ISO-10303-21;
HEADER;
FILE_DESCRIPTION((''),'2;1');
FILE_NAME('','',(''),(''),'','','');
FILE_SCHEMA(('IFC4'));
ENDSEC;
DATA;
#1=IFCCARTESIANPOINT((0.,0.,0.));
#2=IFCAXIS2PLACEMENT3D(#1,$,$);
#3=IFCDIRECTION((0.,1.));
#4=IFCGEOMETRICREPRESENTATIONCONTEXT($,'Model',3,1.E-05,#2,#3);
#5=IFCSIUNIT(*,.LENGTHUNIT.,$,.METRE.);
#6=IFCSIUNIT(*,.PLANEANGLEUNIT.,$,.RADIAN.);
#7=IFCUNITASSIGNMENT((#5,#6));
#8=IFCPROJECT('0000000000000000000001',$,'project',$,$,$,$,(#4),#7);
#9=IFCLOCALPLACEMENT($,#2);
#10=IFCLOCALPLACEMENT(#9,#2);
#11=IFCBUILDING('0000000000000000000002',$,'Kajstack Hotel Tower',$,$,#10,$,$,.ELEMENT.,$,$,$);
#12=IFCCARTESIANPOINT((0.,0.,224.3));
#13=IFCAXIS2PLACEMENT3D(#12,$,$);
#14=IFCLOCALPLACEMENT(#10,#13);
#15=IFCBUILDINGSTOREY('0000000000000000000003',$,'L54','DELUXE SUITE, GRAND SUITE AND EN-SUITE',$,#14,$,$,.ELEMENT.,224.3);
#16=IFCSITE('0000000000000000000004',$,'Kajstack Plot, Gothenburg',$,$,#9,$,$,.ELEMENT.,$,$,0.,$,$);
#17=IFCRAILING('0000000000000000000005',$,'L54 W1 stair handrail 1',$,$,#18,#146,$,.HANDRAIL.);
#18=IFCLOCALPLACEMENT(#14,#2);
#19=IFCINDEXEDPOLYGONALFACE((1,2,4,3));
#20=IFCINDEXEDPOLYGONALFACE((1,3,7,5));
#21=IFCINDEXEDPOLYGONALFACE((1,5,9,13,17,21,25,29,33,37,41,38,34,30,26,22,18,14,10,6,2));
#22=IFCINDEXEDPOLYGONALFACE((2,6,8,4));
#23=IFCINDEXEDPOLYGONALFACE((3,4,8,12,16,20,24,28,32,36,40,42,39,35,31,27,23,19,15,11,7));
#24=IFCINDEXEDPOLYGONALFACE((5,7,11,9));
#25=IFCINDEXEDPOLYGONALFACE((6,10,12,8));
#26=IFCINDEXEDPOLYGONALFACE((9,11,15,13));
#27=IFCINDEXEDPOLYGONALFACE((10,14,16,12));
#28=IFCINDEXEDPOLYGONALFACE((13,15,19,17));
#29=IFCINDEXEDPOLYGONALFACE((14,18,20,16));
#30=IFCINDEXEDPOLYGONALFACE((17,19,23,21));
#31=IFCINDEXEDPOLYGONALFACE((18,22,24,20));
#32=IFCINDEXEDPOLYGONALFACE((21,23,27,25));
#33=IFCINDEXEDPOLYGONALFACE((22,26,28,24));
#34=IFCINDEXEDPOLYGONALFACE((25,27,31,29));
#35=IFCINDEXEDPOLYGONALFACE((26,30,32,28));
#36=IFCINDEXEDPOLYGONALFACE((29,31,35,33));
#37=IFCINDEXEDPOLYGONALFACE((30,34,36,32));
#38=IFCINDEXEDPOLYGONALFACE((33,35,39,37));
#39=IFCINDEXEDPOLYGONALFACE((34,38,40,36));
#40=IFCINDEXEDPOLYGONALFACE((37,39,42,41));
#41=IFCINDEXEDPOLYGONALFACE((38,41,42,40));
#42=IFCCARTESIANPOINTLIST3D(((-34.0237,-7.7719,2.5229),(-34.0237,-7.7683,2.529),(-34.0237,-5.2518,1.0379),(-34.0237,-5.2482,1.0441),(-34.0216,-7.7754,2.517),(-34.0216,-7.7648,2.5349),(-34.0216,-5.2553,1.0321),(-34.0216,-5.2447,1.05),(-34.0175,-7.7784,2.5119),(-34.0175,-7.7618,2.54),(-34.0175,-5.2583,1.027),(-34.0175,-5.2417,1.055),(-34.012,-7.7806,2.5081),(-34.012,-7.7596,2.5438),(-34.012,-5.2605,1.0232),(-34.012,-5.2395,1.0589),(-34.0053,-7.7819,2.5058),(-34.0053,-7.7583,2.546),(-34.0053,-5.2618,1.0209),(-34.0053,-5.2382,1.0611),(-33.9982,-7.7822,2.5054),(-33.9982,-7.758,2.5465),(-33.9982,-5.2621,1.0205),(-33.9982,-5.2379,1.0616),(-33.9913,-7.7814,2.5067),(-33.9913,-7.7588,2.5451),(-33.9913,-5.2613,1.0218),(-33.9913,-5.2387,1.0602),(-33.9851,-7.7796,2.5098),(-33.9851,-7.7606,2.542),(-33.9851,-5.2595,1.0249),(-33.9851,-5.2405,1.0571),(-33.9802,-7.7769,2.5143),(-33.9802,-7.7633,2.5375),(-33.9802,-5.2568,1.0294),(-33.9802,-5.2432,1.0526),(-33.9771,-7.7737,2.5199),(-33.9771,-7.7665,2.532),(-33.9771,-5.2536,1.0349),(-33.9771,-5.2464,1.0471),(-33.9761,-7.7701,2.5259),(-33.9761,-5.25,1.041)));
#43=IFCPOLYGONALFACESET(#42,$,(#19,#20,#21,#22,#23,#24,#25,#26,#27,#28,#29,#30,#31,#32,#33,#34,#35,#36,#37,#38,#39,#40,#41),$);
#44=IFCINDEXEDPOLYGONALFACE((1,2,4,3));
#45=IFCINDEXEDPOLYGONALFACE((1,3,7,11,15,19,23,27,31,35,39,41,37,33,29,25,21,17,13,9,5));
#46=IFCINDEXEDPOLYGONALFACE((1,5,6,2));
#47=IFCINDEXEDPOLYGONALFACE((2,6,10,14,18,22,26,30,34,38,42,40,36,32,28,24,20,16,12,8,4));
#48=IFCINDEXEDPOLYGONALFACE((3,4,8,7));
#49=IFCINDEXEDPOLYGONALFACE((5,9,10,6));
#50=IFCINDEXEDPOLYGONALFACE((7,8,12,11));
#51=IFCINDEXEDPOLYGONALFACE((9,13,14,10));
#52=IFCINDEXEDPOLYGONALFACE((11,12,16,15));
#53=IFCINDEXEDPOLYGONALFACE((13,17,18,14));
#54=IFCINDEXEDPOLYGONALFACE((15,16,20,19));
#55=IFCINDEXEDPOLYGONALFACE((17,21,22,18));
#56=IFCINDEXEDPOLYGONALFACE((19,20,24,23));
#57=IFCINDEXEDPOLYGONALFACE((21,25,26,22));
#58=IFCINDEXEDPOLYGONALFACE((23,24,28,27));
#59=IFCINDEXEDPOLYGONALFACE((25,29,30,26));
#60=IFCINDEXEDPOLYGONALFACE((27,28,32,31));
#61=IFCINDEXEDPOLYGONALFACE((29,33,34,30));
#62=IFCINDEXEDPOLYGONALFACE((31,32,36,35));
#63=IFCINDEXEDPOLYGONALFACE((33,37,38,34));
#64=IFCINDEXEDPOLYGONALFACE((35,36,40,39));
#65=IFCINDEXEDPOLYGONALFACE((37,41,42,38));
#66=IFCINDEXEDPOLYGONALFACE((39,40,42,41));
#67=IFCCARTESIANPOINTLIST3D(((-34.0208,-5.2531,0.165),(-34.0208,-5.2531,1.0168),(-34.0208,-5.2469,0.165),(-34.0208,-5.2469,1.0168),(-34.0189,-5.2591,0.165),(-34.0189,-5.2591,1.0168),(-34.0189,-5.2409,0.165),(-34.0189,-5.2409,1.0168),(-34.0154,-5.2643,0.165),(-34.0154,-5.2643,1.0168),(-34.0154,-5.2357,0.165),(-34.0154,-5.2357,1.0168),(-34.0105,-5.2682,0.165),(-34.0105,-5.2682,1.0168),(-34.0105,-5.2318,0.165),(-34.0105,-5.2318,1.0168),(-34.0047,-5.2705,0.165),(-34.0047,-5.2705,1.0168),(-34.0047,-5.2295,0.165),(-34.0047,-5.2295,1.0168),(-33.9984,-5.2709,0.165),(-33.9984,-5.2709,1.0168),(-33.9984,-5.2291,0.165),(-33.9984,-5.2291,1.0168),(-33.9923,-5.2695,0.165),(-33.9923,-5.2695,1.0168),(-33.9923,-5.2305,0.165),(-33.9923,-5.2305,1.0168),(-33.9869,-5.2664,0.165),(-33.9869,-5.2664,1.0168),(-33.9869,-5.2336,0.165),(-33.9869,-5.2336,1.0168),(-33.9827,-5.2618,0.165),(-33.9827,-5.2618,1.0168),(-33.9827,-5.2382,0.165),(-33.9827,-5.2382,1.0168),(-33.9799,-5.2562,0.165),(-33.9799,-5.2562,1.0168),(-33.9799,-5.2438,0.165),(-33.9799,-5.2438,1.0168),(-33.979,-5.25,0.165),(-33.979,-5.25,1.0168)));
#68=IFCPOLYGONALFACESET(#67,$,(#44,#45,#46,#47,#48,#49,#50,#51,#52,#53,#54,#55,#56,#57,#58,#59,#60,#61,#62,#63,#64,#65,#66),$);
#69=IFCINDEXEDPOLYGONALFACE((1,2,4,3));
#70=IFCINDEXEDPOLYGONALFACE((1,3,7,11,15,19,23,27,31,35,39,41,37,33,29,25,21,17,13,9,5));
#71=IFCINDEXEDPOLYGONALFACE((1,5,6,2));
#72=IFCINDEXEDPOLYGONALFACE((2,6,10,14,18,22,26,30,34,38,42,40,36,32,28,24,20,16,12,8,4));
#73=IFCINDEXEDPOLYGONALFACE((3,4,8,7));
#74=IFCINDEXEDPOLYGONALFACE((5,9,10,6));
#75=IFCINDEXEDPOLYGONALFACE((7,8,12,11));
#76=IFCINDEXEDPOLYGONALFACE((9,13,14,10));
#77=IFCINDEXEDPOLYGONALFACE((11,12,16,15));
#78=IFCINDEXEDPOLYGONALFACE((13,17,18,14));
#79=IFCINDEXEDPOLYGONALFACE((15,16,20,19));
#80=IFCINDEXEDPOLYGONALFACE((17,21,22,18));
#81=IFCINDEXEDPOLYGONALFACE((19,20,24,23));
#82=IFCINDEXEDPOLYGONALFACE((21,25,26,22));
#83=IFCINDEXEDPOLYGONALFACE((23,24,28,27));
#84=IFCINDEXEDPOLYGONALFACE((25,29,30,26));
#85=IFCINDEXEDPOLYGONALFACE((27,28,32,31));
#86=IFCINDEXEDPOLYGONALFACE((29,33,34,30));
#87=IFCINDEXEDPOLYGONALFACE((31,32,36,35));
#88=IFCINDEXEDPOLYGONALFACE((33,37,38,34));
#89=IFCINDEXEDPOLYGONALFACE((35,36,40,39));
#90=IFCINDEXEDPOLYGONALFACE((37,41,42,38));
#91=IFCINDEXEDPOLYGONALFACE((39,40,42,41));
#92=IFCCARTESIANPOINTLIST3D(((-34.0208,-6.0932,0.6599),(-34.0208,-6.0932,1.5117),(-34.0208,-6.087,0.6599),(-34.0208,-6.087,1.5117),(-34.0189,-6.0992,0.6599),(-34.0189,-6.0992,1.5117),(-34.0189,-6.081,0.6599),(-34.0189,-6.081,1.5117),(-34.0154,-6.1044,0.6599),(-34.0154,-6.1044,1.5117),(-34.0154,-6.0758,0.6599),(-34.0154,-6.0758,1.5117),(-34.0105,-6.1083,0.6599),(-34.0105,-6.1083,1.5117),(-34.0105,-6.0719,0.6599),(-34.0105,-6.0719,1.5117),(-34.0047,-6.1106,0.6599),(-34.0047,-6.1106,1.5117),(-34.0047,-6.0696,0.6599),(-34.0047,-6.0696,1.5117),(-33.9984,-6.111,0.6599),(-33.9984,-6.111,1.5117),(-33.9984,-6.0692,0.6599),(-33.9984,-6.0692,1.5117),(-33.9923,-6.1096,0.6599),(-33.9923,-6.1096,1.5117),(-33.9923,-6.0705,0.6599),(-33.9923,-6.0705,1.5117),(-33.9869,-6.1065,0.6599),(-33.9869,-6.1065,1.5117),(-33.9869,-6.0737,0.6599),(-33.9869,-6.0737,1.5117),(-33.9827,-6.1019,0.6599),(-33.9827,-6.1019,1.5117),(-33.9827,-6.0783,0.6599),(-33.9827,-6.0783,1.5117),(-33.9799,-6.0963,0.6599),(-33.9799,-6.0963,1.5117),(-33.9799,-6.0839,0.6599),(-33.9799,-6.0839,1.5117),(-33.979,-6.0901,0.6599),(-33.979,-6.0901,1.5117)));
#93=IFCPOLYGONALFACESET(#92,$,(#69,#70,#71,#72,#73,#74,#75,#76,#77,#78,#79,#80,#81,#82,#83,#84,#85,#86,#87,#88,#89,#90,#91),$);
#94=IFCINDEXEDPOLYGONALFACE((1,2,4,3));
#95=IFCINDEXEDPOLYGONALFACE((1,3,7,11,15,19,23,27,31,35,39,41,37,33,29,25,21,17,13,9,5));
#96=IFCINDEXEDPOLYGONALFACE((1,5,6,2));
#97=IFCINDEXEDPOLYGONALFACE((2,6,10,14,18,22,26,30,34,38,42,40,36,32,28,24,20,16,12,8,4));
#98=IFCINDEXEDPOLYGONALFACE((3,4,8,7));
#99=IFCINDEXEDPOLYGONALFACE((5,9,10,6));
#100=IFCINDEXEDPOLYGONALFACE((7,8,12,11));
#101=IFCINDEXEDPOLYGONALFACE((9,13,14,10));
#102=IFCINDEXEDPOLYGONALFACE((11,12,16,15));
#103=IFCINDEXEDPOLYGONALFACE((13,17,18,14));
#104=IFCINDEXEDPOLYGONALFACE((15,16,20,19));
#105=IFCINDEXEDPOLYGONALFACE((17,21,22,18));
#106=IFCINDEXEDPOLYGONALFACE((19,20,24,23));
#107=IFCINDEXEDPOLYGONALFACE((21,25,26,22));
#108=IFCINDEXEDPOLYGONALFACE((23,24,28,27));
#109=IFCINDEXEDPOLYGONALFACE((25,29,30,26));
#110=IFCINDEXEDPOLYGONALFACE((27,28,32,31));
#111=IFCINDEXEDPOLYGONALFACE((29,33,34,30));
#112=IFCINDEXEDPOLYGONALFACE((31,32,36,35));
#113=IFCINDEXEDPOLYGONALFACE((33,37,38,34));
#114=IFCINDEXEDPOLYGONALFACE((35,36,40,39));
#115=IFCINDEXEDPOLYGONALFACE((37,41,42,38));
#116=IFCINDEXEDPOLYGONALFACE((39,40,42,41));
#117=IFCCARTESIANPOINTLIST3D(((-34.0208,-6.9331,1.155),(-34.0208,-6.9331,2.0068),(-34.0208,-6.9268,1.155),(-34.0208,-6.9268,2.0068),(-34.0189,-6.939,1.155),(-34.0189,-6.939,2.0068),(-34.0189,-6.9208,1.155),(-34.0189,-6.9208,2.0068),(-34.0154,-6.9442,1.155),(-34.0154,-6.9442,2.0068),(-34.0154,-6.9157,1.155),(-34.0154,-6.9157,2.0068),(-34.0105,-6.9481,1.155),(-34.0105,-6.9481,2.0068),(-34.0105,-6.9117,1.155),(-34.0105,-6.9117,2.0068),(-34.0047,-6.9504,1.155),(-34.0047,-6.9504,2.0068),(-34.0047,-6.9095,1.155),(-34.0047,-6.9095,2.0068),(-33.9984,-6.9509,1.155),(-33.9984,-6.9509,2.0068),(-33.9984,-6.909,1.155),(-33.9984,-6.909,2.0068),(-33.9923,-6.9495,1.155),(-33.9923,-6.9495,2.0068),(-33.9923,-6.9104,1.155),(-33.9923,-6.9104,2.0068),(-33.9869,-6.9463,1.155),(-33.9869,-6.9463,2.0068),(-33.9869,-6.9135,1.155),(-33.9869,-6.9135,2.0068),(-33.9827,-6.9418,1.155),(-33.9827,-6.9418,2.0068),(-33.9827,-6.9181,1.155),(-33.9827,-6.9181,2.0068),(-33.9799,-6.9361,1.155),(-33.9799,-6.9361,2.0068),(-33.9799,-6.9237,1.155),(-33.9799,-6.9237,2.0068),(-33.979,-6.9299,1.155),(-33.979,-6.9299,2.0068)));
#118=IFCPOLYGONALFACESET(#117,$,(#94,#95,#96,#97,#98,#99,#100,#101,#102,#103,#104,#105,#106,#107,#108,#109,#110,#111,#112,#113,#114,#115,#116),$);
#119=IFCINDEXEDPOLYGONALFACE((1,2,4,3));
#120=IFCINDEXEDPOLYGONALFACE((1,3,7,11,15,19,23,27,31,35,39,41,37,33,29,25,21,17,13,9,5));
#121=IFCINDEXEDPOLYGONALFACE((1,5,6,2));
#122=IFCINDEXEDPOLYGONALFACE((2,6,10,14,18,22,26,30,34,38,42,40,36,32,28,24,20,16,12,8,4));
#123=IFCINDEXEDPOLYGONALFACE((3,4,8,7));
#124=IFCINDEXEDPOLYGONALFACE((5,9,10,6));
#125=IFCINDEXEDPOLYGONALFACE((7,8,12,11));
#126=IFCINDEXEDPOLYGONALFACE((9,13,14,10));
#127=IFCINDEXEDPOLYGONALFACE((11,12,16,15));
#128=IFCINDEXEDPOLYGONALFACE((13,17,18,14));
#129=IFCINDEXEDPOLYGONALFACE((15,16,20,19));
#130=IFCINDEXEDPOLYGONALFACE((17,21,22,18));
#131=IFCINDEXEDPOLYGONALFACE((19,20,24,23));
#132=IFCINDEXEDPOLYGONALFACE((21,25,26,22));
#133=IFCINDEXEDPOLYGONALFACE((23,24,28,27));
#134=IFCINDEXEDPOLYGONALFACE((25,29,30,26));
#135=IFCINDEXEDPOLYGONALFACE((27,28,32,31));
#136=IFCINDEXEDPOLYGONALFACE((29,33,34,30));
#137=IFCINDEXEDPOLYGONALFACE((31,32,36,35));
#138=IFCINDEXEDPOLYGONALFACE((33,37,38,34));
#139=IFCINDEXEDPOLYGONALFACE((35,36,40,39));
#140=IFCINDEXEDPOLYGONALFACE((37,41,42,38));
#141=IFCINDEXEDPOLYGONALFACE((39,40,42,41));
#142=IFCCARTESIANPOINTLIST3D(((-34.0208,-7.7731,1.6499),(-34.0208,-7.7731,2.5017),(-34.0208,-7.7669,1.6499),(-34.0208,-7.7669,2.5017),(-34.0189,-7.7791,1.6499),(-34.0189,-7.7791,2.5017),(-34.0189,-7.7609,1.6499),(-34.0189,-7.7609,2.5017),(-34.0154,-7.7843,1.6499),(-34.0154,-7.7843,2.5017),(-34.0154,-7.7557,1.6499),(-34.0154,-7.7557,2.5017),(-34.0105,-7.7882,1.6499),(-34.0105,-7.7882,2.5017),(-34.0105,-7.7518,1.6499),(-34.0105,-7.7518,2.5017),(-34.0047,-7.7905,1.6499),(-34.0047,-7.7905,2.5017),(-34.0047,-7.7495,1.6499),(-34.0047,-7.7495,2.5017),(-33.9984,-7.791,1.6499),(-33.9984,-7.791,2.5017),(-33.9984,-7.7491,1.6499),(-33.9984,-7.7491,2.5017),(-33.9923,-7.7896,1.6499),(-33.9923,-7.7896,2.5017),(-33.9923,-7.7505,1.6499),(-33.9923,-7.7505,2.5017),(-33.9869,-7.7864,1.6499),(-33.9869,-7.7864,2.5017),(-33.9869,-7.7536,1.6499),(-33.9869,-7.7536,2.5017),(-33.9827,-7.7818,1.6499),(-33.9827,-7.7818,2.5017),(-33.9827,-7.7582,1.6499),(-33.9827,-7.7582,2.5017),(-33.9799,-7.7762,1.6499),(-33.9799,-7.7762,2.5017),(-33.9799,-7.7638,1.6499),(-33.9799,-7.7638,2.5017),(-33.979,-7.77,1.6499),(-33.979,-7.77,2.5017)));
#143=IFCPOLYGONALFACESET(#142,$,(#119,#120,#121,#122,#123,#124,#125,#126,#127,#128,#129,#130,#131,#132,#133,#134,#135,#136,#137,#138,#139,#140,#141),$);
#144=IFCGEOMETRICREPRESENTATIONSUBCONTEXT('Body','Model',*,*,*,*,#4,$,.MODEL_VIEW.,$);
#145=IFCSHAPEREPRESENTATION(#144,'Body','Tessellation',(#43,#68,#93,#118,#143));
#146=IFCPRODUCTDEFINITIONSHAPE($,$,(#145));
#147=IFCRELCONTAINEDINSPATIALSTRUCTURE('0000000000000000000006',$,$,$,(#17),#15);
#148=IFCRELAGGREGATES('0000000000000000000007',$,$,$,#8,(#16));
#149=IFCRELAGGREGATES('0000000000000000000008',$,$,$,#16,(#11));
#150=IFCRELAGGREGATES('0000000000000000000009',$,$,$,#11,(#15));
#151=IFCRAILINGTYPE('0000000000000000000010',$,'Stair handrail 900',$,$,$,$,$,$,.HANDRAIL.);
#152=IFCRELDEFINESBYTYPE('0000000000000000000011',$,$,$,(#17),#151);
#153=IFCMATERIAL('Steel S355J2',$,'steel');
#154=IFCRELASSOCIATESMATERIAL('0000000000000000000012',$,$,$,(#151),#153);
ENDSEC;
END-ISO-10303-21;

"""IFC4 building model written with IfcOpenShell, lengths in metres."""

from ifc_helpers import new_model, si_unit, direction, frame, origin, origin_2d, place, context, subcontext, project, spatial, circle, extrude, material, type_object, element, save


model = new_model("IFC4")

# Units and contexts
model_context = context("Model", 3, precision=1e-05, world=origin(), true_north=direction((0.0, 1.0)))
body_context = subcontext(model_context, "Body", "Model", "MODEL_VIEW")
ifc_project = project(units=[si_unit("LENGTHUNIT", "METRE"), si_unit("PLANEANGLEUNIT", "RADIAN")], contexts=[model_context])

# Site, building, storey
site_placement = place(None, origin())
site = spatial("IfcSite", under=ifc_project, at=site_placement, Name="Kajstack Plot, Gothenburg", CompositionType="ELEMENT", RefElevation=0.0)
building_placement = place(site_placement, origin())
building = spatial("IfcBuilding", under=site, at=building_placement, Name="Kajstack Hotel Tower", CompositionType="ELEMENT")
storey_placement = place(building_placement, frame((0.0, 0.0, 224.3)))
storey = spatial("IfcBuildingStorey", under=building, at=storey_placement, Name="L54", Description="DELUXE SUITE, GRAND SUITE AND EN-SUITE", CompositionType="ELEMENT", Elevation=224.3)

# Railing
ifc_material_1 = material(Name="Steel S355J2", Category="steel")
railing_type_1 = type_object("IfcRailingType", Name="Stair handrail 900", PredefinedType="HANDRAIL", material=ifc_material_1)
railing_1_placement = place(storey_placement, frame((-34.0, -5.25, 0.165)))
element("IfcRailing", 1, at=railing_1_placement, inside=storey, type_object=railing_type_1, Name="L54 W1 stair handrail 1", PredefinedType="HANDRAIL", context=body_context, shape_type="SweptSolid", body=[
    extrude(circle(Radius=0.0239, at=origin_2d()), frame((0.0, 0.0, 0.876), z_axis=(0.0, -0.861561, 0.507655), x_axis=(1.0, 0.0, 0.0)), (0.0, 0.0, 1.0), 2.925),
    extrude(circle(Radius=0.021, at=origin_2d()), origin(), (0.0, 0.0, 1.0), 0.8518),
    extrude(circle(Radius=0.021, at=origin_2d()), frame((0.0, -0.8401, 0.4949)), (0.0, 0.0, 1.0), 0.8518),
    extrude(circle(Radius=0.021, at=origin_2d()), frame((0.0, -1.6799, 0.99)), (0.0, 0.0, 1.0), 0.8518),
    extrude(circle(Radius=0.021, at=origin_2d()), frame((0.0, -2.52, 1.4849)), (0.0, 0.0, 1.0), 0.8518),
])

save(model, "model.ifc")
